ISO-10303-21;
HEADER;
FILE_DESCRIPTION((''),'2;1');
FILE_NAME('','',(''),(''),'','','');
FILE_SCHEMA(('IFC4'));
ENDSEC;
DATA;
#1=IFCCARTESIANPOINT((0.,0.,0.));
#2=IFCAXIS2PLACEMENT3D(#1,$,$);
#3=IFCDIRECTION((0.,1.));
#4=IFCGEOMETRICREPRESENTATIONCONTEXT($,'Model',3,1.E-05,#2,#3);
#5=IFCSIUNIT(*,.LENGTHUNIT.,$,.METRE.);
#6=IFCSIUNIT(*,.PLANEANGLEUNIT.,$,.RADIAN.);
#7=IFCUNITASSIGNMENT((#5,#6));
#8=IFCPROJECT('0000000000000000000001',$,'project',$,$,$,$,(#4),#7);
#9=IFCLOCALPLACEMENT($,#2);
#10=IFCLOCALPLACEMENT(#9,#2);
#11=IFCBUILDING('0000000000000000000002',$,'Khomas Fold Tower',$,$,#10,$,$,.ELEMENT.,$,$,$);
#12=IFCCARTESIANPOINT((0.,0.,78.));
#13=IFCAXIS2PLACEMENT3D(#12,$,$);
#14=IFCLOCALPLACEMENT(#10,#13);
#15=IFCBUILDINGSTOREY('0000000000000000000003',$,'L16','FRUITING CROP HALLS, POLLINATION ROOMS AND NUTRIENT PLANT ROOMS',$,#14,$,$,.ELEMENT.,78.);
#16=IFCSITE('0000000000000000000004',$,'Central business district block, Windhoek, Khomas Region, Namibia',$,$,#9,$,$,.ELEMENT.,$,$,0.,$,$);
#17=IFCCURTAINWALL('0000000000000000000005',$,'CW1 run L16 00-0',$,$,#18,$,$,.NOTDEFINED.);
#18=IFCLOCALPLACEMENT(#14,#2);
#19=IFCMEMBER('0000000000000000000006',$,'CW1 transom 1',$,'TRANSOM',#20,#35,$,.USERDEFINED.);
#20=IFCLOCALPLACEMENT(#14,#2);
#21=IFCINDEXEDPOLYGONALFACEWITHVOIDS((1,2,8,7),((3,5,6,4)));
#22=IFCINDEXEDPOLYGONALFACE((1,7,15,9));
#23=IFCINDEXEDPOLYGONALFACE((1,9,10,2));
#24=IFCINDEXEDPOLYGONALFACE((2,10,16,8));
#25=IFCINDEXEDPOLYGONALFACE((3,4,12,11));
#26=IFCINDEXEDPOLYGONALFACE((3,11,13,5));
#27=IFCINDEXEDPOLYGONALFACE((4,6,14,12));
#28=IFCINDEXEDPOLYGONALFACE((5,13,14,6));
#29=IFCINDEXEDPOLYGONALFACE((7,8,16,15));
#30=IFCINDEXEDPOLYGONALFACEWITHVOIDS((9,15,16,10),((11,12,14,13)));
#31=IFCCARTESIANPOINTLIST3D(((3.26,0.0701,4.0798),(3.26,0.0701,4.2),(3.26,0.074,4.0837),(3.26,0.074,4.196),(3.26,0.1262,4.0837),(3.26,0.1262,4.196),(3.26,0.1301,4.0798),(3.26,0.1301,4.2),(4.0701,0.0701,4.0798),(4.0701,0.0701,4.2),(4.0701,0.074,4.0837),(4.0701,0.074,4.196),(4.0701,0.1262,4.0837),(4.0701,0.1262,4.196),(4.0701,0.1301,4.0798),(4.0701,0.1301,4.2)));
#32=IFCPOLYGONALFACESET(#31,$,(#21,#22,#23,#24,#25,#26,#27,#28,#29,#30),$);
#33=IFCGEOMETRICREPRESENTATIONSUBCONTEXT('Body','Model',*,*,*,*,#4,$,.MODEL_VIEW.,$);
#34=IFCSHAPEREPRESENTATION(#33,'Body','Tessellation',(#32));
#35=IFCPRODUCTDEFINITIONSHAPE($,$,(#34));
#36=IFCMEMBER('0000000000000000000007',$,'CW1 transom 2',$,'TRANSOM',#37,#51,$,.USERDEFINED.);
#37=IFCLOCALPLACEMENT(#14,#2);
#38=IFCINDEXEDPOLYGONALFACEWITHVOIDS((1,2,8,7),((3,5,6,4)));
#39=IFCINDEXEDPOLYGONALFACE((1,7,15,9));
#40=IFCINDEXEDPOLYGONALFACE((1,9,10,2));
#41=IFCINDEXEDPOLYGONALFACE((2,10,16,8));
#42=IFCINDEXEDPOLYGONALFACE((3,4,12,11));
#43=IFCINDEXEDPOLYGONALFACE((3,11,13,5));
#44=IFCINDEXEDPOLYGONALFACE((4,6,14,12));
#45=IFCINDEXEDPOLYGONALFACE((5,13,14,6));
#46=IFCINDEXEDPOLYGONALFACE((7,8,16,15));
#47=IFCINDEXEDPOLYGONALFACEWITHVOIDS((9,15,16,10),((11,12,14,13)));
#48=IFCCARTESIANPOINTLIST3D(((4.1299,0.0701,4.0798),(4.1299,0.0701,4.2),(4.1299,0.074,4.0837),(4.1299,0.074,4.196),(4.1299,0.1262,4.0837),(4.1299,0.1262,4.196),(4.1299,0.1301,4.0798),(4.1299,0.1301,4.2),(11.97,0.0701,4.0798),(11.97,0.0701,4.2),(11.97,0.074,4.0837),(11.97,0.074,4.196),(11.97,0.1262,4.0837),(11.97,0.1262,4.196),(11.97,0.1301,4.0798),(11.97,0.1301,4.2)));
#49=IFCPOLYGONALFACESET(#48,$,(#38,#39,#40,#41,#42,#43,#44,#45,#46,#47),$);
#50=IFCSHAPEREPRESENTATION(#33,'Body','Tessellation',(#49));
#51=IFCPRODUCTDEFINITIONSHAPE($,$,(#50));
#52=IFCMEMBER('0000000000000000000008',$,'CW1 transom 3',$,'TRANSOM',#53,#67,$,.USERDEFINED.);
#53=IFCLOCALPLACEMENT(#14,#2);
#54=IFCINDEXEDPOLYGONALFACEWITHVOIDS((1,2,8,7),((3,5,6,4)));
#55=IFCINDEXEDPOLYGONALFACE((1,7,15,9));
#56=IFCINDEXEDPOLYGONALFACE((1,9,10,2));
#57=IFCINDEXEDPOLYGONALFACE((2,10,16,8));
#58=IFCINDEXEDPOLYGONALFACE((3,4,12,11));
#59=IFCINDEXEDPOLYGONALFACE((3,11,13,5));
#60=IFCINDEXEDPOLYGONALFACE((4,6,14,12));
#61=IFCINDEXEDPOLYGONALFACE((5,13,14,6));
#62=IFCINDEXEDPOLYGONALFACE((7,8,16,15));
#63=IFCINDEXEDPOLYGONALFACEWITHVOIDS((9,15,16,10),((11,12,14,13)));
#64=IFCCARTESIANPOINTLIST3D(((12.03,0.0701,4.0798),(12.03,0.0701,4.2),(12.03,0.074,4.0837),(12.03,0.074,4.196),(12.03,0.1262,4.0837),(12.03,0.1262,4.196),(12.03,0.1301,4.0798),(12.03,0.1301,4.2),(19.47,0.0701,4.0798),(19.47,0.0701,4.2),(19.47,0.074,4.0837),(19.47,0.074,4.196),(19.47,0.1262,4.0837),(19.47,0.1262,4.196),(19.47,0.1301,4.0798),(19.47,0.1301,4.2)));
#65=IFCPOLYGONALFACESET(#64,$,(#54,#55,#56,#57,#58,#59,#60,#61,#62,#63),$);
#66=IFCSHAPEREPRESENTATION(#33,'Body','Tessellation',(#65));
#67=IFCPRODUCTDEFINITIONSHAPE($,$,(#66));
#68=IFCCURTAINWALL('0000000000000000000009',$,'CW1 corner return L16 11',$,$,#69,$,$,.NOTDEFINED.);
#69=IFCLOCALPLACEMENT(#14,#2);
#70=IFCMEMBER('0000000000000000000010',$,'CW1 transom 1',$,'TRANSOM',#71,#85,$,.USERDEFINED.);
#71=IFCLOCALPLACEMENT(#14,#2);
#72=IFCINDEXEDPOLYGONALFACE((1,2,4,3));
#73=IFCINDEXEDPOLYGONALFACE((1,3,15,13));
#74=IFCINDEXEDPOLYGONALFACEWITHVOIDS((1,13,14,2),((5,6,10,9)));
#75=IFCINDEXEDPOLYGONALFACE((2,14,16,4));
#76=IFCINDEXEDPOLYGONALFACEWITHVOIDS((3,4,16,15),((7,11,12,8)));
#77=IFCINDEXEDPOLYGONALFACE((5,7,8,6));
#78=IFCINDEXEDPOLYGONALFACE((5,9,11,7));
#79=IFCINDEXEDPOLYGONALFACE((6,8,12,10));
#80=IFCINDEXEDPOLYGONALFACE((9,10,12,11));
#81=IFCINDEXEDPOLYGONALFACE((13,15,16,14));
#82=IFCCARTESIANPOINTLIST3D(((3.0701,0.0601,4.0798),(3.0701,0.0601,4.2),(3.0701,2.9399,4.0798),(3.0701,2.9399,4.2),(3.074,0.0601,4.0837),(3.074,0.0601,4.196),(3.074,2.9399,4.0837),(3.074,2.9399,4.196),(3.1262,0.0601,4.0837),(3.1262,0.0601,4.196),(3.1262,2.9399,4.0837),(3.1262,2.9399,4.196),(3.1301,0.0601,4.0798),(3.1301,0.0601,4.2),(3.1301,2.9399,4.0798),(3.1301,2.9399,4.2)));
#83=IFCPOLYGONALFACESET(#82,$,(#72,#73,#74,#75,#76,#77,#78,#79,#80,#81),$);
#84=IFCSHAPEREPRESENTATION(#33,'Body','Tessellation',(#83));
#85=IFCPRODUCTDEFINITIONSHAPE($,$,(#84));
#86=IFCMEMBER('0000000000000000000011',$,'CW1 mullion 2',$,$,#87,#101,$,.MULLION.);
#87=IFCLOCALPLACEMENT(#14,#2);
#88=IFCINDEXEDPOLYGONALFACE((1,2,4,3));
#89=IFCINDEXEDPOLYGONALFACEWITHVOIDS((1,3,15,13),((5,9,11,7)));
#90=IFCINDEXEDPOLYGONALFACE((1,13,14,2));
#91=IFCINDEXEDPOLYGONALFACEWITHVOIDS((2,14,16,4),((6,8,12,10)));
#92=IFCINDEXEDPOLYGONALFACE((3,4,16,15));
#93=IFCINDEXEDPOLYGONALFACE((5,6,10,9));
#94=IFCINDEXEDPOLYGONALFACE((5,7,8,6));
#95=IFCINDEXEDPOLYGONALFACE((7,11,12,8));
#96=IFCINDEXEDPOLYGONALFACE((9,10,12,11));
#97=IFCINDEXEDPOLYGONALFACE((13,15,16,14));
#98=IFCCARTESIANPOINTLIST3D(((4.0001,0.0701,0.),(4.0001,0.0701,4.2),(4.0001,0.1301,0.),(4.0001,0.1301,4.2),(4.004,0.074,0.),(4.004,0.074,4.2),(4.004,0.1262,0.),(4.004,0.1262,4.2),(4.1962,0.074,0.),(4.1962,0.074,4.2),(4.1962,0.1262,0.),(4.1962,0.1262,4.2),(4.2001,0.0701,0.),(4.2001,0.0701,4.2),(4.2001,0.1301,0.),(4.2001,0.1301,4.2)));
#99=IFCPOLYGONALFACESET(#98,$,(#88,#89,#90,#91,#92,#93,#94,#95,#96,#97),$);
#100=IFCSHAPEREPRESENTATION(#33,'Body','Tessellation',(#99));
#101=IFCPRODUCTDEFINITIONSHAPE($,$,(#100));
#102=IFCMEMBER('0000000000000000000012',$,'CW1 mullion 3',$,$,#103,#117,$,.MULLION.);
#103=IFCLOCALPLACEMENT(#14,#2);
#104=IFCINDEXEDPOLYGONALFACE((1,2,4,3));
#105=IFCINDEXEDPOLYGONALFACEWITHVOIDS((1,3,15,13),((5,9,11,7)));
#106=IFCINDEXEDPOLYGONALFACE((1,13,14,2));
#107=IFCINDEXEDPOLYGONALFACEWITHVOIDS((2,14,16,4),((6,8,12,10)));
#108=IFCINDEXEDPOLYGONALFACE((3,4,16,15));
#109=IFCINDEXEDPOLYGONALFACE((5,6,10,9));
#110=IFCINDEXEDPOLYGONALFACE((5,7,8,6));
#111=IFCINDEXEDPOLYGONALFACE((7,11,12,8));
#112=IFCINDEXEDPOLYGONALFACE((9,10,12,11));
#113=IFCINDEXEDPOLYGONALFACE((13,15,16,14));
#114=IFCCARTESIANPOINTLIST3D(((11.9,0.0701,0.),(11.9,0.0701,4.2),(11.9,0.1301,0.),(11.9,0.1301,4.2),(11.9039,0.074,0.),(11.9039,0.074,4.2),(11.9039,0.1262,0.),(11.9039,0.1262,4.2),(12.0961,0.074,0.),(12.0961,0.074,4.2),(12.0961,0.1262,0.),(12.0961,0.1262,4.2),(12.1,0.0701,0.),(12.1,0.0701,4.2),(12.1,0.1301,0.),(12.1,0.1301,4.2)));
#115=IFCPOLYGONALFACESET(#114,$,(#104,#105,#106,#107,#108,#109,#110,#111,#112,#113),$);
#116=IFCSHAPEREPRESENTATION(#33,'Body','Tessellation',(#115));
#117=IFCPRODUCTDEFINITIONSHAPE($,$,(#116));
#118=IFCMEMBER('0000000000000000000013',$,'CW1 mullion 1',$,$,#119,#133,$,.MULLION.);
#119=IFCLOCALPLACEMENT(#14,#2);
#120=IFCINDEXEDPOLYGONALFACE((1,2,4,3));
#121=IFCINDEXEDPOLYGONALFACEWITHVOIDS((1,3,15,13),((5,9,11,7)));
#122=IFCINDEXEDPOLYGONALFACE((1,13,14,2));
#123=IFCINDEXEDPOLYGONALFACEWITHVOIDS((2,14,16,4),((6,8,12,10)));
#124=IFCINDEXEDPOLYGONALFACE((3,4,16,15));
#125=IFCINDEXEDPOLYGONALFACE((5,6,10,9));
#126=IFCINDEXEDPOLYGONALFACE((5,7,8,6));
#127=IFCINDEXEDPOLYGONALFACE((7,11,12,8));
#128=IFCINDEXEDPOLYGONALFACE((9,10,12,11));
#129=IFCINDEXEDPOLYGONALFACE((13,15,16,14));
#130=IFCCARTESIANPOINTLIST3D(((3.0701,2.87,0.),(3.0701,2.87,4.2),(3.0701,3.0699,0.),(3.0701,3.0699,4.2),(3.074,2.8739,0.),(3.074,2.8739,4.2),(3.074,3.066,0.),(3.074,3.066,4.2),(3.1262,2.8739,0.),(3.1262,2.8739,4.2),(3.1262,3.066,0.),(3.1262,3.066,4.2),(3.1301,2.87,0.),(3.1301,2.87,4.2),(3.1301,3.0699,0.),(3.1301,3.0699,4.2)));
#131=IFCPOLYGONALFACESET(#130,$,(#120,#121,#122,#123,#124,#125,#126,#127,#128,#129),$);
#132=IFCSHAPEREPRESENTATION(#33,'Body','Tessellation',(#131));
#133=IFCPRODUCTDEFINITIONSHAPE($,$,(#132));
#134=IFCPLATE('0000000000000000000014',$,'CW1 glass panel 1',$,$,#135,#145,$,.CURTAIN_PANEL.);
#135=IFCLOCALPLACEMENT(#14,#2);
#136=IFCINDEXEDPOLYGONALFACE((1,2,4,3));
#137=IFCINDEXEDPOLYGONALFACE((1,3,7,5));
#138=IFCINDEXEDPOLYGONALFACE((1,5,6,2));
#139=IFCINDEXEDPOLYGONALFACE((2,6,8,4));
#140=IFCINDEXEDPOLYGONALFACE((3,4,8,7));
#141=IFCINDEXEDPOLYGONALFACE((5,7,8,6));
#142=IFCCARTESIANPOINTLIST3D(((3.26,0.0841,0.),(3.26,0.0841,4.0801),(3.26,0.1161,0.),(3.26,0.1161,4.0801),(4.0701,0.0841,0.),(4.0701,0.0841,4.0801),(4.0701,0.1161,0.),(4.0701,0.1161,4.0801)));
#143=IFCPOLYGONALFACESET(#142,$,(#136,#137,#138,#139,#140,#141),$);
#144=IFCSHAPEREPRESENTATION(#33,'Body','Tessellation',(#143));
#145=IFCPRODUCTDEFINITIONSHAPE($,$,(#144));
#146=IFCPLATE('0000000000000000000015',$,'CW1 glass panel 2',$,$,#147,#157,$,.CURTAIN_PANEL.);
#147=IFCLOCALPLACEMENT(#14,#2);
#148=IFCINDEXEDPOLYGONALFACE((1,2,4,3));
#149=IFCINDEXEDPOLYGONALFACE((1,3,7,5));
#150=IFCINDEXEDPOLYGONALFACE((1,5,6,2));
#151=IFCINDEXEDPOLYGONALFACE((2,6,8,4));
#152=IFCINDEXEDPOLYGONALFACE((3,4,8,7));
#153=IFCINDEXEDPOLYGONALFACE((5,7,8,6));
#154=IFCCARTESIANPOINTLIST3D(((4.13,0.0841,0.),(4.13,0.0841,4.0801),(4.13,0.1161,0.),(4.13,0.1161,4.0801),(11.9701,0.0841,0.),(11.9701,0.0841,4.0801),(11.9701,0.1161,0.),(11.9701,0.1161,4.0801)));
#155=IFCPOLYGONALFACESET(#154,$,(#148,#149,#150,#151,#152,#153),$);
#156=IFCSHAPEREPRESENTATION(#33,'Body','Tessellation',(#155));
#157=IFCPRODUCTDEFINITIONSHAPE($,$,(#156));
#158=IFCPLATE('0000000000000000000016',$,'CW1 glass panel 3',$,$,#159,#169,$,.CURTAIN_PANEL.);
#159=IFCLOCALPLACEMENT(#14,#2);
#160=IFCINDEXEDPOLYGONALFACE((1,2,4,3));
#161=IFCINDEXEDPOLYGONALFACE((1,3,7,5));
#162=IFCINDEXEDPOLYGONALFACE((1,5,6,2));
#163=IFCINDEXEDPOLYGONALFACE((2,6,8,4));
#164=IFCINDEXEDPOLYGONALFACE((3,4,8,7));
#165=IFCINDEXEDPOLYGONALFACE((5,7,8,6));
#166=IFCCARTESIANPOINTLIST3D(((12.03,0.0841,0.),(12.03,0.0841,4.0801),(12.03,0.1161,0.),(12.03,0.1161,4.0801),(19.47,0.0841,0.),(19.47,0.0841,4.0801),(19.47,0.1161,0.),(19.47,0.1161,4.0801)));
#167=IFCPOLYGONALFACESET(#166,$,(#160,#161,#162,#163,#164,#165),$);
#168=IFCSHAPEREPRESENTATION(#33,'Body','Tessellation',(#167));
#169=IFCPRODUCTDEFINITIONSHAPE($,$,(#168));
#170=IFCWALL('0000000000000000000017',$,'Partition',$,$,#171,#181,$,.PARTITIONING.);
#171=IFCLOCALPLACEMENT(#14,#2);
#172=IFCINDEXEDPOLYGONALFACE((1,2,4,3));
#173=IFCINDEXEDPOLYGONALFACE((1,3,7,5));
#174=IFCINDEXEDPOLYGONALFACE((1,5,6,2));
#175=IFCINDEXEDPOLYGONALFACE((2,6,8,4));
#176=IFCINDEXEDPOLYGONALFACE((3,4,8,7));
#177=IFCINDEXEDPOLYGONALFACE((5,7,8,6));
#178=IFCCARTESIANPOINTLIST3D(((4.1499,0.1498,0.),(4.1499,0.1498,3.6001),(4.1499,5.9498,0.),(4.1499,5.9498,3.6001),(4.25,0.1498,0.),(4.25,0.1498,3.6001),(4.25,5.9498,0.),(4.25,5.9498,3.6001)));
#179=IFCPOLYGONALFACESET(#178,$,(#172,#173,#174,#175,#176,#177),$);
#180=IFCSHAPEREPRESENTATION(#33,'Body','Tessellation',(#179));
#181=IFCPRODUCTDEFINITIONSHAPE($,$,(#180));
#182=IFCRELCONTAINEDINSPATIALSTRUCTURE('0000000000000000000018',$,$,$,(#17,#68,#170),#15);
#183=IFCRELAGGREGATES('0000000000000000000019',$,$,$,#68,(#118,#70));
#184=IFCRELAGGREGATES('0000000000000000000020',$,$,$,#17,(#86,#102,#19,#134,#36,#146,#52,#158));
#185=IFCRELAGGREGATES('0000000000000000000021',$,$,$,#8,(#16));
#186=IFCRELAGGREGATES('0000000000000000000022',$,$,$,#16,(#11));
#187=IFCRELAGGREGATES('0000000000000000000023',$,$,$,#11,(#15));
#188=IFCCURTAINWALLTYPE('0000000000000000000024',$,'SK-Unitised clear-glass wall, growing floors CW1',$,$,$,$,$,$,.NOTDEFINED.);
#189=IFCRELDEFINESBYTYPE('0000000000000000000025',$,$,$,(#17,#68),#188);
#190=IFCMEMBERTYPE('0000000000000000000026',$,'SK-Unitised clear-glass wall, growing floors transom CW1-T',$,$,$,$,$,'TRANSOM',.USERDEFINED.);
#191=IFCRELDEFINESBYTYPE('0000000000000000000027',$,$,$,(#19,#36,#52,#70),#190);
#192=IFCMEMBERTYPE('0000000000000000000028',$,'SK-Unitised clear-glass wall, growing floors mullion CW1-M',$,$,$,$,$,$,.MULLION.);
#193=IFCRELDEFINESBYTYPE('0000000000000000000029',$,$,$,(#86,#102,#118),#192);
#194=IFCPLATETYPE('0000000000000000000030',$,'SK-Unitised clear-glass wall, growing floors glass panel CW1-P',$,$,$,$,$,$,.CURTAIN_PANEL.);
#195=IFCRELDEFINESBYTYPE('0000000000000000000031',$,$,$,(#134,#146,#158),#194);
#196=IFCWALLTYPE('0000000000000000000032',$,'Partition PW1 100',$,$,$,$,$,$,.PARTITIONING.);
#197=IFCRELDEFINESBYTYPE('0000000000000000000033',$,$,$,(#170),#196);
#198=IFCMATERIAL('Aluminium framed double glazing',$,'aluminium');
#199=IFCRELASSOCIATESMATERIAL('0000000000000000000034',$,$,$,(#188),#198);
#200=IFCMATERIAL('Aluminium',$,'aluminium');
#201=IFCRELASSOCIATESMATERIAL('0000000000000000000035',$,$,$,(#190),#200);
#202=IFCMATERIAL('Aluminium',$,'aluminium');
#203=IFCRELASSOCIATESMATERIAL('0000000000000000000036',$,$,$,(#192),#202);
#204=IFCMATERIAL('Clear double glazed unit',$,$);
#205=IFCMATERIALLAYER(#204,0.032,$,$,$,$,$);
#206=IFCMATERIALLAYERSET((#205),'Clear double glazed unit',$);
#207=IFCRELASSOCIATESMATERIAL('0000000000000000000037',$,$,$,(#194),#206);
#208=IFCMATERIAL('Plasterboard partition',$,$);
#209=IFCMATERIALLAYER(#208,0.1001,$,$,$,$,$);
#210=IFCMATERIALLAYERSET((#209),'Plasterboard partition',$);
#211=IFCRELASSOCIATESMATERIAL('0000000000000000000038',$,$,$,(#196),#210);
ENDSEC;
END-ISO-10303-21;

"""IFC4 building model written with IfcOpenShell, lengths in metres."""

from ifc_helpers import new_model, si_unit, direction, frame, frame_2d, origin, origin_2d, place, context, subcontext, project, spatial, rectangle, hollow_rectangle, extrude, source, transform, mapped, material, layer, layer_set, material_profile, profile_set, type_object, element, aggregate, save


model = new_model("IFC4")

# Units and contexts
model_context = context("Model", 3, precision=1e-05, world=origin(), true_north=direction((0.0, 1.0)))
body_context = subcontext(model_context, "Body", "Model", "MODEL_VIEW")
ifc_project = project(units=[si_unit("LENGTHUNIT", "METRE"), si_unit("PLANEANGLEUNIT", "RADIAN")], contexts=[model_context])

# Site, building, storey
site_placement = place(None, origin())
site = spatial("IfcSite", under=ifc_project, at=site_placement, Name="Central business district block, Windhoek, Khomas Region, Namibia", CompositionType="ELEMENT", RefElevation=0.0)
building_placement = place(site_placement, origin())
building = spatial("IfcBuilding", under=site, at=building_placement, Name="Khomas Fold Tower", CompositionType="ELEMENT")
storey_placement = place(building_placement, frame((0.0, 0.0, 78.0)))
storey = spatial("IfcBuildingStorey", under=building, at=storey_placement, Name="L16", Description="FRUITING CROP HALLS, POLLINATION ROOMS AND NUTRIENT PLANT ROOMS", CompositionType="ELEMENT", Elevation=78.0)

# Curtain wall, members
ifc_material_1 = material(Name="Aluminium framed double glazing", Category="aluminium")
curtain_wall_type = type_object("IfcCurtainWallType", Name="SK-Unitised clear-glass wall, growing floors CW1", PredefinedType="NOTDEFINED", material=ifc_material_1)
curtain_wall_1_placement = place(storey_placement, origin())
curtain_wall_1 = element("IfcCurtainWall", 1, at=curtain_wall_1_placement, inside=storey, type_object=curtain_wall_type, Name="CW1 run L16 00-0", PredefinedType="NOTDEFINED")
ifc_material_2 = material(Name="Aluminium", Category="aluminium")
ifc_material_profile_1 = material_profile(ifc_material_2, hollow_rectangle(XDim=0.0601, YDim=0.1201, WallThickness=0.0039, at=origin_2d()), Name="SK-Unitised clear-glass wall, growing floors transom CW1-T")
ifc_profile_set_1 = profile_set([ifc_material_profile_1], Name="Aluminium")
member_type_1 = type_object("IfcMemberType", Name="SK-Unitised clear-glass wall, growing floors transom CW1-T", ElementType="TRANSOM", PredefinedType="USERDEFINED", material=ifc_profile_set_1)
shared_shape_1 = source(origin(), body_context, "Body", "SweptSolid", [
    extrude(hollow_rectangle(XDim=0.0601, YDim=0.1201, WallThickness=0.0039, at=origin_2d()), origin(), (0.0, 0.0, 1.0), 0.8101),
])
member_1_placement = place(storey_placement, frame((3.26, 0.1001, 4.1399), z_axis=(1.0, 0.0, 0.0), x_axis=(0.0, 1.0, 0.0)))
member_1 = element("IfcMember", 2, at=member_1_placement, type_object=member_type_1, Name="CW1 transom 1", ObjectType="TRANSOM", PredefinedType="USERDEFINED", context=body_context, shape_type="MappedRepresentation", body=[
    mapped(shared_shape_1, transform((0.0, 0.0, 0.0))),
])
shared_shape_2 = source(origin(), body_context, "Body", "SweptSolid", [
    extrude(hollow_rectangle(XDim=0.0601, YDim=0.1201, WallThickness=0.0039, at=origin_2d()), origin(), (0.0, 0.0, 1.0), 7.8401),
])
member_2_placement = place(storey_placement, frame((4.1299, 0.1001, 4.1399), z_axis=(1.0, 0.0, 0.0), x_axis=(0.0, 1.0, 0.0)))
member_2 = element("IfcMember", 3, at=member_2_placement, type_object=member_type_1, Name="CW1 transom 2", ObjectType="TRANSOM", PredefinedType="USERDEFINED", context=body_context, shape_type="MappedRepresentation", body=[
    mapped(shared_shape_2, transform((0.0, 0.0, 0.0))),
])
shared_shape_3 = source(origin(), body_context, "Body", "SweptSolid", [
    extrude(hollow_rectangle(XDim=0.0601, YDim=0.1201, WallThickness=0.0039, at=origin_2d()), origin(), (0.0, 0.0, 1.0), 7.4399),
])
member_3_placement = place(storey_placement, frame((12.03, 0.1001, 4.1399), z_axis=(1.0, 0.0, 0.0), x_axis=(0.0, 1.0, 0.0)))
member_3 = element("IfcMember", 4, at=member_3_placement, type_object=member_type_1, Name="CW1 transom 3", ObjectType="TRANSOM", PredefinedType="USERDEFINED", context=body_context, shape_type="MappedRepresentation", body=[
    mapped(shared_shape_3, transform((0.0, 0.0, 0.0))),
])

# Curtain wall, member
curtain_wall_2_placement = place(storey_placement, origin())
curtain_wall_2 = element("IfcCurtainWall", 5, at=curtain_wall_2_placement, inside=storey, type_object=curtain_wall_type, Name="CW1 corner return L16 11", PredefinedType="NOTDEFINED")
shared_shape_4 = source(origin(), body_context, "Body", "SweptSolid", [
    extrude(hollow_rectangle(XDim=0.0601, YDim=0.1201, WallThickness=0.0039, at=origin_2d()), origin(), (0.0, 0.0, 1.0), 2.8799),
])
member_4_placement = place(storey_placement, frame((3.1001, 2.9399, 4.1399), z_axis=(0.0, -1.0, 0.0), x_axis=(1.0, 0.0, 0.0)))
member_4 = element("IfcMember", 6, at=member_4_placement, type_object=member_type_1, Name="CW1 transom 1", ObjectType="TRANSOM", PredefinedType="USERDEFINED", context=body_context, shape_type="MappedRepresentation", body=[
    mapped(shared_shape_4, transform((0.0, 0.0, 0.0))),
])

# Members
ifc_material_3 = material(Name="Aluminium", Category="aluminium")
ifc_material_profile_2 = material_profile(ifc_material_3, hollow_rectangle(XDim=0.0601, YDim=0.2, WallThickness=0.0039, at=origin_2d()), Name="SK-Unitised clear-glass wall, growing floors mullion CW1-M")
ifc_profile_set_2 = profile_set([ifc_material_profile_2], Name="Aluminium")
member_type_2 = type_object("IfcMemberType", Name="SK-Unitised clear-glass wall, growing floors mullion CW1-M", PredefinedType="MULLION", material=ifc_profile_set_2)
shared_shape_5 = source(origin(), body_context, "Body", "SweptSolid", [
    extrude(hollow_rectangle(XDim=0.0601, YDim=0.2, WallThickness=0.0039, at=origin_2d()), origin(), (0.0, 0.0, 1.0), 4.2),
])
member_5_placement = place(storey_placement, frame((4.1001, 0.1001, 0.0), z_axis=(0.0, 0.0, 1.0), x_axis=(0.0, 1.0, 0.0)))
member_5 = element("IfcMember", 7, at=member_5_placement, type_object=member_type_2, Name="CW1 mullion 2", PredefinedType="MULLION", context=body_context, shape_type="MappedRepresentation", body=[
    mapped(shared_shape_5, transform((0.0, 0.0, 0.0))),
])
member_6_placement = place(storey_placement, frame((12.0, 0.1001, 0.0), z_axis=(0.0, 0.0, 1.0), x_axis=(0.0, 1.0, 0.0)))
member_6 = element("IfcMember", 8, at=member_6_placement, type_object=member_type_2, Name="CW1 mullion 3", PredefinedType="MULLION", context=body_context, shape_type="MappedRepresentation", body=[
    mapped(shared_shape_5, transform((0.0, 0.0, 0.0))),
])
member_7_placement = place(storey_placement, frame((3.1001, 2.97, 0.0), z_axis=(0.0, 0.0, 1.0), x_axis=(1.0, 0.0, 0.0)))
member_7 = element("IfcMember", 9, at=member_7_placement, type_object=member_type_2, Name="CW1 mullion 1", PredefinedType="MULLION", context=body_context, shape_type="MappedRepresentation", body=[
    mapped(shared_shape_5, transform((0.0, 0.0, 0.0))),
])
aggregate(curtain_wall_2, [member_7, member_4])

# Plates
ifc_material_4 = material(Name="Clear double glazed unit")
ifc_layer_1 = layer(ifc_material_4, 0.032)
ifc_layer_set_1 = layer_set([ifc_layer_1], Name="Clear double glazed unit")
plate_type = type_object("IfcPlateType", Name="SK-Unitised clear-glass wall, growing floors glass panel CW1-P", PredefinedType="CURTAIN_PANEL", material=ifc_layer_set_1)
shared_shape_6 = source(origin(), body_context, "Body", "SweptSolid", [
    extrude(rectangle(XDim=0.8101, YDim=0.032, at=origin_2d()), origin(), (0.0, 0.0, 1.0), 4.0801),
])
plate_1_placement = place(storey_placement, frame((3.665, 0.1001, 0.0), z_axis=(0.0, 0.0, 1.0), x_axis=(1.0, 0.0, 0.0)))
plate_1 = element("IfcPlate", 10, at=plate_1_placement, type_object=plate_type, Name="CW1 glass panel 1", PredefinedType="CURTAIN_PANEL", context=body_context, shape_type="MappedRepresentation", body=[
    mapped(shared_shape_6, transform((0.0, 0.0, 0.0))),
])
shared_shape_7 = source(origin(), body_context, "Body", "SweptSolid", [
    extrude(rectangle(XDim=7.8401, YDim=0.032, at=origin_2d()), origin(), (0.0, 0.0, 1.0), 4.0801),
])
plate_2_placement = place(storey_placement, frame((8.05, 0.1001, 0.0), z_axis=(0.0, 0.0, 1.0), x_axis=(1.0, 0.0, 0.0)))
plate_2 = element("IfcPlate", 11, at=plate_2_placement, type_object=plate_type, Name="CW1 glass panel 2", PredefinedType="CURTAIN_PANEL", context=body_context, shape_type="MappedRepresentation", body=[
    mapped(shared_shape_7, transform((0.0, 0.0, 0.0))),
])
shared_shape_8 = source(origin(), body_context, "Body", "SweptSolid", [
    extrude(rectangle(XDim=7.4399, YDim=0.032, at=origin_2d()), origin(), (0.0, 0.0, 1.0), 4.0801),
])
plate_3_placement = place(storey_placement, frame((15.75, 0.1001, 0.0), z_axis=(0.0, 0.0, 1.0), x_axis=(1.0, 0.0, 0.0)))
plate_3 = element("IfcPlate", 12, at=plate_3_placement, type_object=plate_type, Name="CW1 glass panel 3", PredefinedType="CURTAIN_PANEL", context=body_context, shape_type="MappedRepresentation", body=[
    mapped(shared_shape_8, transform((0.0, 0.0, 0.0))),
])
aggregate(curtain_wall_1, [member_5, member_6, member_1, plate_1, member_2, plate_2, member_3, plate_3])

# Wall
ifc_material_5 = material(Name="Plasterboard partition")
ifc_layer_2 = layer(ifc_material_5, 0.1001)
ifc_layer_set_2 = layer_set([ifc_layer_2], Name="Plasterboard partition")
wall_type_1 = type_object("IfcWallType", Name="Partition PW1 100", PredefinedType="PARTITIONING", material=ifc_layer_set_2)
shared_shape_9 = source(origin(), body_context, "Body", "SweptSolid", [
    extrude(rectangle(XDim=5.8, YDim=0.1001, at=frame_2d((2.8999, 0.0))), origin(), (0.0, 0.0, 1.0), 3.6001),
])
wall_1_placement = place(storey_placement, frame((4.2, 0.1499, 0.0), z_axis=(0.0, 0.0, 1.0), x_axis=(0.0, 1.0, 0.0)))
element("IfcWall", 13, at=wall_1_placement, inside=storey, type_object=wall_type_1, Name="Partition", PredefinedType="PARTITIONING", context=body_context, shape_type="MappedRepresentation", body=[
    mapped(shared_shape_9, transform((0.0, 0.0, 0.0))),
])

save(model, "model.ifc")
